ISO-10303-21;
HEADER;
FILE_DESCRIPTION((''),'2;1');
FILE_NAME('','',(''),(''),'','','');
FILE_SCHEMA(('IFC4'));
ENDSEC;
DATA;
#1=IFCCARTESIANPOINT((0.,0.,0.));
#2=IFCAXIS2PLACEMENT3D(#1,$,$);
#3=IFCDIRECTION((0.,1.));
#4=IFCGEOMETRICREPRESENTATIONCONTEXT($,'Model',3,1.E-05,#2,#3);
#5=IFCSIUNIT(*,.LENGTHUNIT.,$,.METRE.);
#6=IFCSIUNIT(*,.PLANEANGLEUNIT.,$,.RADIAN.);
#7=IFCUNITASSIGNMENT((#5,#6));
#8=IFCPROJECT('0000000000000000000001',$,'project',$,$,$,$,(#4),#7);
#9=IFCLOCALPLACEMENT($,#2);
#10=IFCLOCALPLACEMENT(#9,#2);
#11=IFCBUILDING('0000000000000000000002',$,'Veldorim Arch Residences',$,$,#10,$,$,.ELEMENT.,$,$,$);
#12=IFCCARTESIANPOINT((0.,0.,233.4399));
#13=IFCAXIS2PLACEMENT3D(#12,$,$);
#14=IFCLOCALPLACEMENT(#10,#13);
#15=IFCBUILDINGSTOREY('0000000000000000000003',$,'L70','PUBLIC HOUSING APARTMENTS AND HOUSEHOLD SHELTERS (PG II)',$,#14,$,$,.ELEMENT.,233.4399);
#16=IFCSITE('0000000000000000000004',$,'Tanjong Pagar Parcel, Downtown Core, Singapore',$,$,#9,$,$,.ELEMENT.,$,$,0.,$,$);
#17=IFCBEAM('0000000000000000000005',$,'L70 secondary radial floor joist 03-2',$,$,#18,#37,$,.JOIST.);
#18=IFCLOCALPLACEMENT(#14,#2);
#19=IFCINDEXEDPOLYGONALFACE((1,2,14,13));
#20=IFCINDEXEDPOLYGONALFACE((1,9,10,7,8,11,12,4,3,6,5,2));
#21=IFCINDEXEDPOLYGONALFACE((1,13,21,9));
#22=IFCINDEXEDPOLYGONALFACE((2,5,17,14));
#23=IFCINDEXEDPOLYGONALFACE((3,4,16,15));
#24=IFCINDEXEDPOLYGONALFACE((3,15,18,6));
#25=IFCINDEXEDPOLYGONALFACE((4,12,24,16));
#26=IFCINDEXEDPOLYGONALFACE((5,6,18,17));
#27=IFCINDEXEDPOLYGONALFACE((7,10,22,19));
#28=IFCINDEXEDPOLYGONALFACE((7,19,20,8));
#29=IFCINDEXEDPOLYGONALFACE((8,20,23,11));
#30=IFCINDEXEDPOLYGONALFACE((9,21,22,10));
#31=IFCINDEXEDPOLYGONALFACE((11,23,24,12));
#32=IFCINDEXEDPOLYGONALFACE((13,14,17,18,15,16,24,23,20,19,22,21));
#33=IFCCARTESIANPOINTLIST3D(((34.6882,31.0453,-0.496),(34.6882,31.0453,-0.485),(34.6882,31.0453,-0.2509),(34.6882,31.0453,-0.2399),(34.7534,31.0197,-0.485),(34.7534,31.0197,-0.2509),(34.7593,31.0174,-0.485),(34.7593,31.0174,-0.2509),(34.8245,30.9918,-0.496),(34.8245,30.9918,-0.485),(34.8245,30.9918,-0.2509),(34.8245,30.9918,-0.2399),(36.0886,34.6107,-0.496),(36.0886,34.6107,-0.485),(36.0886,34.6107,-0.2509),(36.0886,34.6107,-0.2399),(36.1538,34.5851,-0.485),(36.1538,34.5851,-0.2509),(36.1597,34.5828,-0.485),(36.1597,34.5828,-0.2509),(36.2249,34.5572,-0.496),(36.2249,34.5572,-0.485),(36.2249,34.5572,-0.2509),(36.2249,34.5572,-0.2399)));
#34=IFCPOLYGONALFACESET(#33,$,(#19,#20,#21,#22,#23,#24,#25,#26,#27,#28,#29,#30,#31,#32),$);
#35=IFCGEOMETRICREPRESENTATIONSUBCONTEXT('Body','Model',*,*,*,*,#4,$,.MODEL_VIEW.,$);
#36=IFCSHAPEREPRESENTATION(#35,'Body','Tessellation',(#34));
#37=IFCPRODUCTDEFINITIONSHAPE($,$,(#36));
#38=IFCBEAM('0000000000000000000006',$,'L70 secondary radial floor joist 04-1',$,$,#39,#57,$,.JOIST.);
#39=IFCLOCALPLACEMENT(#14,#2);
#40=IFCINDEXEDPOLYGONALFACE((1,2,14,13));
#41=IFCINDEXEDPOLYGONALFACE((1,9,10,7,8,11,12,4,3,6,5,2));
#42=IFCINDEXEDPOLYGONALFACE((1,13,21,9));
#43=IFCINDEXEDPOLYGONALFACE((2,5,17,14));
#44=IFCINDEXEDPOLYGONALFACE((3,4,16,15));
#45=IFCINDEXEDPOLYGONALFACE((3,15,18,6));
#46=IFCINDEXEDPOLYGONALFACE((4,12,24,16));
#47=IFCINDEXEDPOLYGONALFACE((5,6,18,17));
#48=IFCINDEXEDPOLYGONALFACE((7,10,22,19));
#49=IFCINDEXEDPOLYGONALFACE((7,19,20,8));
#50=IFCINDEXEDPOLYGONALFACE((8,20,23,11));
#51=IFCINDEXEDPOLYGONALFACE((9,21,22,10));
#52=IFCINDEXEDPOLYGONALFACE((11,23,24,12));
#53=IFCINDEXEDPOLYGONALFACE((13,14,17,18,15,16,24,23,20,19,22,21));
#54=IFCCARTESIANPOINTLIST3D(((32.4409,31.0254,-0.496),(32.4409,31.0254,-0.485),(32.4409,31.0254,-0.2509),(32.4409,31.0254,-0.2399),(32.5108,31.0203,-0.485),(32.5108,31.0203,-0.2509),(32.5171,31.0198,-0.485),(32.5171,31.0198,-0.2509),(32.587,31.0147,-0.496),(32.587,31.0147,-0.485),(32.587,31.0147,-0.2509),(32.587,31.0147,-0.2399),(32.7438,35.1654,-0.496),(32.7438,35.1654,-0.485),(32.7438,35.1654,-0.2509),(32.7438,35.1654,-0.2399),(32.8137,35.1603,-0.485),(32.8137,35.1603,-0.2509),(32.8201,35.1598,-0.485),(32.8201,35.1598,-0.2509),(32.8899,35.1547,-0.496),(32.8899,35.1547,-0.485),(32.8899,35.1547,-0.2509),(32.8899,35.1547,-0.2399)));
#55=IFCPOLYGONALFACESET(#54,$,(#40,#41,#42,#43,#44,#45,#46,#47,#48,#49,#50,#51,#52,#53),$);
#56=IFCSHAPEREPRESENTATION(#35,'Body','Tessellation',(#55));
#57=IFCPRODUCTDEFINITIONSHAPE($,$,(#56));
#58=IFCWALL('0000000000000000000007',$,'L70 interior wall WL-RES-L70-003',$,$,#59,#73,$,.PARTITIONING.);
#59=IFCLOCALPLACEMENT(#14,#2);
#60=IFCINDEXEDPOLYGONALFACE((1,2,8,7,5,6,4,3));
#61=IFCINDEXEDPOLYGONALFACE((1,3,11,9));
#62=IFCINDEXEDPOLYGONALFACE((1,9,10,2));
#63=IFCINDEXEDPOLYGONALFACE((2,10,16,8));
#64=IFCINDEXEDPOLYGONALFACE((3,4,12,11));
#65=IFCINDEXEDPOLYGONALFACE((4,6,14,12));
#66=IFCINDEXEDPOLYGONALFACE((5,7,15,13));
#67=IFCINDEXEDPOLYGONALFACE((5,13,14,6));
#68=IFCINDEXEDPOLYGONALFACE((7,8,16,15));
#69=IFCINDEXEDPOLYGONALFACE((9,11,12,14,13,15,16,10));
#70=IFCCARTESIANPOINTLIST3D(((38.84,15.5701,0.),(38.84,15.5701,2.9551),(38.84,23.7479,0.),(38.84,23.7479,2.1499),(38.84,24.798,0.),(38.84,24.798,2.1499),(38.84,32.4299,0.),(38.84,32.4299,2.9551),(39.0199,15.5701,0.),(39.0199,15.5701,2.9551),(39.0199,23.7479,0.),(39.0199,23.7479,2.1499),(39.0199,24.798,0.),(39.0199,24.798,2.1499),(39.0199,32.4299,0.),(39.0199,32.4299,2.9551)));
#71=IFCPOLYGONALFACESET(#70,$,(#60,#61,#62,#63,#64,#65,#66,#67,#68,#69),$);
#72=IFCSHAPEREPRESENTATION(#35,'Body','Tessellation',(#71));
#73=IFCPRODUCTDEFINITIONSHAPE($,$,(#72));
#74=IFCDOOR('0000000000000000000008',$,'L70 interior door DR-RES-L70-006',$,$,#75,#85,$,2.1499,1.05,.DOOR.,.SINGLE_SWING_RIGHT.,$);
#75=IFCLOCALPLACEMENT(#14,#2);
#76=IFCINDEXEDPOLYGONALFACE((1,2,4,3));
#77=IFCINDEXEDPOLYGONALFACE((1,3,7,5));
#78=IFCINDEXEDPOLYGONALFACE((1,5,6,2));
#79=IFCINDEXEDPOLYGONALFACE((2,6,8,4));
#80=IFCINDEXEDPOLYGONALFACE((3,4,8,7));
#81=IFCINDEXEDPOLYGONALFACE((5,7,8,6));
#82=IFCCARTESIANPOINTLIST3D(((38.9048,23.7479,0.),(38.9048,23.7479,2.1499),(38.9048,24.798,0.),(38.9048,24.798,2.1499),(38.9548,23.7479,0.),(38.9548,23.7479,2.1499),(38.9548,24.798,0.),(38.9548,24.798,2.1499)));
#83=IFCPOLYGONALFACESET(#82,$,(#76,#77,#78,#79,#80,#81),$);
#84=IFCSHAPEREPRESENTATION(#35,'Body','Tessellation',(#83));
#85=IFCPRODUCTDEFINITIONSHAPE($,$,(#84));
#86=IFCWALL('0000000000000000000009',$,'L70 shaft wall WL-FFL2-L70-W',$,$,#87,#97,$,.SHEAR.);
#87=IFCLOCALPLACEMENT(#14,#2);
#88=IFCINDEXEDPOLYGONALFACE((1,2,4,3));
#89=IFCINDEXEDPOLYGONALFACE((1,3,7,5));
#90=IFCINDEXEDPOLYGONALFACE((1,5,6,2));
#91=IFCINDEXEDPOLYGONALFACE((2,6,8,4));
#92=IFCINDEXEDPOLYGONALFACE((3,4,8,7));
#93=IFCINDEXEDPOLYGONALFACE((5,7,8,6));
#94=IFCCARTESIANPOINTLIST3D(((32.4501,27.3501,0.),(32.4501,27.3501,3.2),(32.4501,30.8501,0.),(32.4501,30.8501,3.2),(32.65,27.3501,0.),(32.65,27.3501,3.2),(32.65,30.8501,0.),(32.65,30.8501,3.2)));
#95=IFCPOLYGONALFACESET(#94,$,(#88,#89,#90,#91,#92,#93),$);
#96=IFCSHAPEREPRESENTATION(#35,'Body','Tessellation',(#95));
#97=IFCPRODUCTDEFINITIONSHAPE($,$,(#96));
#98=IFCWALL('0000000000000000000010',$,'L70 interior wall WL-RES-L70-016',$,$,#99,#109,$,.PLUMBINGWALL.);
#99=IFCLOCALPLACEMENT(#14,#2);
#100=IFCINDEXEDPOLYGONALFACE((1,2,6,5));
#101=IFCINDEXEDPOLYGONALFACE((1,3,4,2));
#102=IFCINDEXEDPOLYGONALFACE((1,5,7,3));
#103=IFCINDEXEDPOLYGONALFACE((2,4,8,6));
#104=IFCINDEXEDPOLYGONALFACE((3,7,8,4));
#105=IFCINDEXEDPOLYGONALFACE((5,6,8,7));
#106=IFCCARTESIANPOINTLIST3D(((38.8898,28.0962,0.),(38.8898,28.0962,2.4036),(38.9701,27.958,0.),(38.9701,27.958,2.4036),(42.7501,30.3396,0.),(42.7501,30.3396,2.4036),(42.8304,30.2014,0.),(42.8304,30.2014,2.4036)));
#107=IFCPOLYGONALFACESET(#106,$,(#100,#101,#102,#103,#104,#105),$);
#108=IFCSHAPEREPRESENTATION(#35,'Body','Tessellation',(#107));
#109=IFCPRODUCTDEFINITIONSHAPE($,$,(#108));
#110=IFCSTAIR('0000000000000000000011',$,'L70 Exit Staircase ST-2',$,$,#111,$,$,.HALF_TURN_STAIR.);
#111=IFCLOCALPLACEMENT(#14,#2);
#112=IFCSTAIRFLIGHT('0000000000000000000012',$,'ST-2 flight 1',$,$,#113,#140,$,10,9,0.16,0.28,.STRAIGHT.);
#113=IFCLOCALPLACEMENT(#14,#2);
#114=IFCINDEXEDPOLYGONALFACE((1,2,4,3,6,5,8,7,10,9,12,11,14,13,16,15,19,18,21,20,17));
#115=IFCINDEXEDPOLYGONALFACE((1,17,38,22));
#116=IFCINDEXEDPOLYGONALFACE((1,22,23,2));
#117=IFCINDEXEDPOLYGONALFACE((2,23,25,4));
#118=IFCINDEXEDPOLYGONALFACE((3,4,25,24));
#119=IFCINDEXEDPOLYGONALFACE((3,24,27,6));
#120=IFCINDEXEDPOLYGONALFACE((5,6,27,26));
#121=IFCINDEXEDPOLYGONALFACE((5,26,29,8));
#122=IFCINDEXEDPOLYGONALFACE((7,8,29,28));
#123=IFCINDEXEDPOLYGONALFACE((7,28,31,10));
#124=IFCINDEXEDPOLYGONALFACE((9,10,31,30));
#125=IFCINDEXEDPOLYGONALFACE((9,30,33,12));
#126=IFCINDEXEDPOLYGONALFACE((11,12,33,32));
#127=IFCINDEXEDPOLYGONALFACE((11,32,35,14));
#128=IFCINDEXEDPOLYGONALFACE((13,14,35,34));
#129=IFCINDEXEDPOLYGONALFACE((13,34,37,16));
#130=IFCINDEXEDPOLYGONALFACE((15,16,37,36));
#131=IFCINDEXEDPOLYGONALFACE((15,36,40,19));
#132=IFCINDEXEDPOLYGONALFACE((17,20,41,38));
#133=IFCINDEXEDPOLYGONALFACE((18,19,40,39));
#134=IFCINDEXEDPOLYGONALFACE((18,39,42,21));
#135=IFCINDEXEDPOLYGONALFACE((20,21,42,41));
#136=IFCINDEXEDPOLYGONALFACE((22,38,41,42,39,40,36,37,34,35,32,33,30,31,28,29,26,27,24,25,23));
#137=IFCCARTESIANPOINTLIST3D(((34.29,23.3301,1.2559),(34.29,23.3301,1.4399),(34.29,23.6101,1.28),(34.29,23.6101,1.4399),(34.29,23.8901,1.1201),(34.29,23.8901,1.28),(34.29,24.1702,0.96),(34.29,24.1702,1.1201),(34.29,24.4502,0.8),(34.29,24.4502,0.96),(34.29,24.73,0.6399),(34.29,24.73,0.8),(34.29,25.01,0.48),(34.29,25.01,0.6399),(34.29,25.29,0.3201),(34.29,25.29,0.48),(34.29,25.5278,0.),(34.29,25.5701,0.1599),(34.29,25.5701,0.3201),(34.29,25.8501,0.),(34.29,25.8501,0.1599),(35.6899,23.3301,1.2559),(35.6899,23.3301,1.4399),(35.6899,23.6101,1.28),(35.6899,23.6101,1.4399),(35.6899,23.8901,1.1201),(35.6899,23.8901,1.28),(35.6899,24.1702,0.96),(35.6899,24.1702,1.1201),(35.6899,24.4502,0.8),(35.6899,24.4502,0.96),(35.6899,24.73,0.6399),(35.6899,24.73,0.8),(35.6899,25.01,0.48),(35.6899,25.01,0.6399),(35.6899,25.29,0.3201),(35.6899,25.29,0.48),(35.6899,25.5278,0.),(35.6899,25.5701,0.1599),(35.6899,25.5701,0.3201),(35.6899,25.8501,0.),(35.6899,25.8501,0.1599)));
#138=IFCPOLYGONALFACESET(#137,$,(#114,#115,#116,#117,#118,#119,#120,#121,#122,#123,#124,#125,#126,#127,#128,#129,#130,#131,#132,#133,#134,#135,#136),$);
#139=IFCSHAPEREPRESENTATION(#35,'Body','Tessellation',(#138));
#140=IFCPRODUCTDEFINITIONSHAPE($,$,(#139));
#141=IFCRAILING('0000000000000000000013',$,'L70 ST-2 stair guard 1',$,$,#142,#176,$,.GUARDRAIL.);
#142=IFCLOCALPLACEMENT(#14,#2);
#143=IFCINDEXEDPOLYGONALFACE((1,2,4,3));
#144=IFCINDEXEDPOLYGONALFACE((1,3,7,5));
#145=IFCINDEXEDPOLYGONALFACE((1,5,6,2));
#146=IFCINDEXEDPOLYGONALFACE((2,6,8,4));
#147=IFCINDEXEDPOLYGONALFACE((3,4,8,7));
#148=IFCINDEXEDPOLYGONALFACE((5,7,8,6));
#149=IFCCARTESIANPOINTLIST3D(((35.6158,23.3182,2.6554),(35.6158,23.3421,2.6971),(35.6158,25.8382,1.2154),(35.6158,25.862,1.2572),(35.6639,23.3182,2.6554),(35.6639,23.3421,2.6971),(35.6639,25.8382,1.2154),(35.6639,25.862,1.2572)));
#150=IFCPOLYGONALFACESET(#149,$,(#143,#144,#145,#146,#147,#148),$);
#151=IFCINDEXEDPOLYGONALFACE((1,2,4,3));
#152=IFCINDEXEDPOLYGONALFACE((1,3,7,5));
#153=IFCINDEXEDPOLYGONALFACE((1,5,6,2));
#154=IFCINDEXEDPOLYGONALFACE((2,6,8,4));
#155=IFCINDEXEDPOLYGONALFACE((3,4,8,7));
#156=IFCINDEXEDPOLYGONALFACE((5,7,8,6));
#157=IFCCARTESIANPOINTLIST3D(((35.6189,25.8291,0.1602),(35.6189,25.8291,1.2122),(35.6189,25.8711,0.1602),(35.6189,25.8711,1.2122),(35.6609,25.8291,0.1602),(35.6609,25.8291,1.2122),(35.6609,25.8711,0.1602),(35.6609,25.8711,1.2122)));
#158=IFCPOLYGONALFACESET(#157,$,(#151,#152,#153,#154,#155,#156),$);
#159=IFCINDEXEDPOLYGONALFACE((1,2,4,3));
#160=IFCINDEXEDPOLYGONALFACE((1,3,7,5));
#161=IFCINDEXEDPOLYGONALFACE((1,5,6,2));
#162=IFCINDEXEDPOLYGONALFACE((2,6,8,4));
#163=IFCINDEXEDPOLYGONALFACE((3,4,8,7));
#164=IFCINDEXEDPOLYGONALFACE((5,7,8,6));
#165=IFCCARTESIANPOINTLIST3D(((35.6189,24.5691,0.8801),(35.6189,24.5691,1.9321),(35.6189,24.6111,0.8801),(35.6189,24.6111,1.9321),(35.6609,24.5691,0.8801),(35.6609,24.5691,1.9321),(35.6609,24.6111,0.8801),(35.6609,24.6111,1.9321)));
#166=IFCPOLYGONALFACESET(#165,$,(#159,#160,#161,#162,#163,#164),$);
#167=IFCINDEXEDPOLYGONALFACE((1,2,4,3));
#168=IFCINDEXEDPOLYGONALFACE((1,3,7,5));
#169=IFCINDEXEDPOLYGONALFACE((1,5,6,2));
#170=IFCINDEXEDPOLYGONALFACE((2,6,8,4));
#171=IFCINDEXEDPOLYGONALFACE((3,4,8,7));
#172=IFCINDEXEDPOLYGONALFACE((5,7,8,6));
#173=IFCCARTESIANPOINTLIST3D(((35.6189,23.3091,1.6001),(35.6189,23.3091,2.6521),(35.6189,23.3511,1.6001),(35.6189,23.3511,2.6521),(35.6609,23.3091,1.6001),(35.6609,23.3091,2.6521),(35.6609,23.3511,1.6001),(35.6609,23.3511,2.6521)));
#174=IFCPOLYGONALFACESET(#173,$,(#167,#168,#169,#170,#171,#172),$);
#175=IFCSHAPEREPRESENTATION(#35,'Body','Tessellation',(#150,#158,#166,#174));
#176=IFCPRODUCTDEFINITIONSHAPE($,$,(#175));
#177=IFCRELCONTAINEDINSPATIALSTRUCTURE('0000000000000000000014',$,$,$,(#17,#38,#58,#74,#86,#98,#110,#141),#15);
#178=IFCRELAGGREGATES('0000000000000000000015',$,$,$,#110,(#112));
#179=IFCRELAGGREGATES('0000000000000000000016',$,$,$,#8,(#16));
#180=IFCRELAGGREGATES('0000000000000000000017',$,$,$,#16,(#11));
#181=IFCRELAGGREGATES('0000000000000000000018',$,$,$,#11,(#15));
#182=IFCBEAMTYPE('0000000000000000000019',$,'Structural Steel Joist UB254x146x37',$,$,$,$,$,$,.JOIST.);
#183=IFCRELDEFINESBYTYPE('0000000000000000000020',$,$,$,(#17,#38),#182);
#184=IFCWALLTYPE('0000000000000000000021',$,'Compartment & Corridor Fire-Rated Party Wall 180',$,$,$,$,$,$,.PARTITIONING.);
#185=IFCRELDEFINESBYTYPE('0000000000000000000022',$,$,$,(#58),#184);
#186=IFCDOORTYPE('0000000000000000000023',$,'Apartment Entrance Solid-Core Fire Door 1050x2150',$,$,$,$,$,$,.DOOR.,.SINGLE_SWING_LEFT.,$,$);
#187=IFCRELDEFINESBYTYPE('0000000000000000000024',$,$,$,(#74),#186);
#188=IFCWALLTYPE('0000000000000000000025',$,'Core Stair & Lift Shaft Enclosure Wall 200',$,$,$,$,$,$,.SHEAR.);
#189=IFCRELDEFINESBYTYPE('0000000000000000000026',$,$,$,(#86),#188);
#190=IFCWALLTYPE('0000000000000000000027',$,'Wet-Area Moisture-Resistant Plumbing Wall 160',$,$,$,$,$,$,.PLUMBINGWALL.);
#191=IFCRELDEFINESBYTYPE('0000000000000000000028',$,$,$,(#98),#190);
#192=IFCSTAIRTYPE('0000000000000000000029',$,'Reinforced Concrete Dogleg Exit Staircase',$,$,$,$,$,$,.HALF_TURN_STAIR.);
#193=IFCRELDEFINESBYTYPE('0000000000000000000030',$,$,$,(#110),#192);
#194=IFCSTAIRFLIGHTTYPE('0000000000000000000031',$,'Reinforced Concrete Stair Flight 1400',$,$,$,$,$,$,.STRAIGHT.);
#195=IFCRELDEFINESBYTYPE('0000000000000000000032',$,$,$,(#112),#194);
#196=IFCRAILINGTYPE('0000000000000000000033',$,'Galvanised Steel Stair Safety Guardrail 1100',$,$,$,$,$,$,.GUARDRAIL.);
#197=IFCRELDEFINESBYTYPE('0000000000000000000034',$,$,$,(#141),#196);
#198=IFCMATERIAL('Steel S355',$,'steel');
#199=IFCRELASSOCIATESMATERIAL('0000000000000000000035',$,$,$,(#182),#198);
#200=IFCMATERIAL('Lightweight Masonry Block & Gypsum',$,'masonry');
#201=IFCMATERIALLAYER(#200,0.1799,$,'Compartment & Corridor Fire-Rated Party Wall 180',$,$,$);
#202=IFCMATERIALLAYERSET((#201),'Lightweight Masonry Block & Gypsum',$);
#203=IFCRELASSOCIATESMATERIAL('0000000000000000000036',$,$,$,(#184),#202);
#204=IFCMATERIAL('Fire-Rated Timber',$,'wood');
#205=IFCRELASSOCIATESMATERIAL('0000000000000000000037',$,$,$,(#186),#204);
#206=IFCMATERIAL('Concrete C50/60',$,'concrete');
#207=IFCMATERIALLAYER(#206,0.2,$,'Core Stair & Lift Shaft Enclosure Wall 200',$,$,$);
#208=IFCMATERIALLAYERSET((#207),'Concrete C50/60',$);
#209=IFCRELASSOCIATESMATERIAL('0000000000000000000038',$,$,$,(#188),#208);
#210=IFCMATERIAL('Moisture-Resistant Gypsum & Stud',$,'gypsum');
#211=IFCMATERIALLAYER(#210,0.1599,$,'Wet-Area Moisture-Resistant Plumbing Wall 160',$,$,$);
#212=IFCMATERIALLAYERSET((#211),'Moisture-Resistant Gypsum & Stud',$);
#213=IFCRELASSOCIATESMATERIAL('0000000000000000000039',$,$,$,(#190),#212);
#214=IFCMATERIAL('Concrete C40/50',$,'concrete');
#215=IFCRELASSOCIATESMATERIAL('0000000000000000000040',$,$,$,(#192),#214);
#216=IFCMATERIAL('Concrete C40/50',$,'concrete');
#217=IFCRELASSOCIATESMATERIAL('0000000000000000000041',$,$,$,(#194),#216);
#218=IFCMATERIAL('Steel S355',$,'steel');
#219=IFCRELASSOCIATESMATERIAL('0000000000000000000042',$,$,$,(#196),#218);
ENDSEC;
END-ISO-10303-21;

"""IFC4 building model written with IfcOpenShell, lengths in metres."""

from ifc_helpers import new_model, si_unit, direction, frame, frame_2d, origin, origin_2d, place, context, subcontext, project, spatial, polyline, rectangle, i_section, outline, extrude, material, layer, layer_set, material_profile, profile_set, type_object, element, fill, aggregate, save


model = new_model("IFC4")

# Units and contexts
model_context = context("Model", 3, precision=1e-05, world=origin(), true_north=direction((0.0, 1.0)))
body_context = subcontext(model_context, "Body", "Model", "MODEL_VIEW")
ifc_project = project(units=[si_unit("LENGTHUNIT", "METRE"), si_unit("PLANEANGLEUNIT", "RADIAN")], contexts=[model_context])

# Site, building, storey
site_placement = place(None, origin())
site = spatial("IfcSite", under=ifc_project, at=site_placement, Name="Tanjong Pagar Parcel, Downtown Core, Singapore", CompositionType="ELEMENT", RefElevation=0.0)
building_placement = place(site_placement, origin())
building = spatial("IfcBuilding", under=site, at=building_placement, Name="Veldorim Arch Residences", CompositionType="ELEMENT")
storey_placement = place(building_placement, frame((0.0, 0.0, 233.4399)))
storey = spatial("IfcBuildingStorey", under=building, at=storey_placement, Name="L70", Description="PUBLIC HOUSING APARTMENTS AND HOUSEHOLD SHELTERS (PG II)", CompositionType="ELEMENT", Elevation=233.4399)

# Beams
ifc_material_1 = material(Name="Steel S355", Category="steel")
ifc_material_profile_1 = material_profile(ifc_material_1, i_section(OverallWidth=0.1465, OverallDepth=0.2561, WebThickness=0.0063, FlangeThickness=0.011, at=origin_2d()), Name="UB254x146x37")
ifc_profile_set_1 = profile_set([ifc_material_profile_1], Name="Steel S355")
beam_type_1 = type_object("IfcBeamType", Name="Structural Steel Joist UB254x146x37", PredefinedType="JOIST", material=ifc_profile_set_1)
beam_1_placement = place(storey_placement, frame((34.7563, 31.0186, -0.3679), z_axis=(0.365581, 0.930779, 0.0), x_axis=(-0.930779, 0.365581, 0.0)))
element("IfcBeam", 1, at=beam_1_placement, inside=storey, type_object=beam_type_1, Name="L70 secondary radial floor joist 03-2", PredefinedType="JOIST", context=body_context, shape_type="SweptSolid", body=[
    extrude(i_section(OverallWidth=0.1465, OverallDepth=0.2561, WebThickness=0.0063, FlangeThickness=0.011, at=origin_2d()), origin(), (0.0, 0.0, 1.0), 3.8306),
])
beam_2_placement = place(storey_placement, frame((32.5139, 31.02, -0.3679), z_axis=(0.072986, 0.997333, 0.0), x_axis=(-0.997333, 0.072986, 0.0)))
element("IfcBeam", 2, at=beam_2_placement, inside=storey, type_object=beam_type_1, Name="L70 secondary radial floor joist 04-1", PredefinedType="JOIST", context=body_context, shape_type="SweptSolid", body=[
    extrude(i_section(OverallWidth=0.1465, OverallDepth=0.2561, WebThickness=0.0063, FlangeThickness=0.011, at=origin_2d()), origin(), (0.0, 0.0, 1.0), 4.1511),
])

# Wall, opening, door
ifc_material_2 = material(Name="Lightweight Masonry Block & Gypsum", Category="masonry")
ifc_layer_1 = layer(ifc_material_2, 0.1799, Name="Compartment & Corridor Fire-Rated Party Wall 180")
ifc_layer_set_1 = layer_set([ifc_layer_1], Name="Lightweight Masonry Block & Gypsum")
wall_type_1 = type_object("IfcWallType", Name="Compartment & Corridor Fire-Rated Party Wall 180", PredefinedType="PARTITIONING", material=ifc_layer_set_1)
wall_1_placement = place(storey_placement, frame((38.9299, 32.4299, 0.0), z_axis=(0.0, 0.0, 1.0), x_axis=(0.0, -1.0, 0.0)))
wall_1 = element("IfcWall", 3, at=wall_1_placement, inside=storey, type_object=wall_type_1, Name="L70 interior wall WL-RES-L70-003", PredefinedType="PARTITIONING", context=body_context, shape_type="SweptSolid", body=[
    extrude(rectangle(XDim=16.8599, YDim=0.1799, at=frame_2d((8.4299, 0.0))), origin(), (0.0, 0.0, 1.0), 2.9551),
])
opening_1_placement = place(wall_1_placement, frame((7.6321, 0.0, 0.0)))
opening_1 = element("IfcOpeningElement", 4, at=opening_1_placement, cuts=wall_1, PredefinedType="OPENING", context=body_context, shape_type="SweptSolid", body=[
    extrude(rectangle(XDim=1.05, YDim=2.1499, at=frame_2d((0.5249, 1.075))), frame((0.0, 0.0999, 0.0), z_axis=(0.0, -1.0, 0.0), x_axis=(1.0, 0.0, 0.0)), (0.0, 0.0, 1.0), 0.2),
])
ifc_material_3 = material(Name="Fire-Rated Timber", Category="wood")
door_type_1 = type_object("IfcDoorType", Name="Apartment Entrance Solid-Core Fire Door 1050x2150", OperationType="SINGLE_SWING_LEFT", PredefinedType="DOOR", material=ifc_material_3)
door_1_placement = place(opening_1_placement, origin())
door_1 = element("IfcDoor", 5, at=door_1_placement, inside=storey, type_object=door_type_1, Name="L70 interior door DR-RES-L70-006", OperationType="SINGLE_SWING_RIGHT", OverallHeight=2.1499, OverallWidth=1.05, PredefinedType="DOOR", context=body_context, shape_type="SweptSolid", body=[
    extrude(rectangle(XDim=1.05, YDim=2.1499, at=frame_2d((0.5249, 1.075))), frame((0.0, 0.0249, 0.0), z_axis=(0.0, -1.0, 0.0), x_axis=(1.0, 0.0, 0.0)), (0.0, 0.0, 1.0), 0.05),
])
fill(opening_1, door_1)
ifc_material_4 = material(Name="Concrete C50/60", Category="concrete")
ifc_layer_2 = layer(ifc_material_4, 0.2, Name="Core Stair & Lift Shaft Enclosure Wall 200")
ifc_layer_set_2 = layer_set([ifc_layer_2], Name="Concrete C50/60")
wall_type_2 = type_object("IfcWallType", Name="Core Stair & Lift Shaft Enclosure Wall 200", PredefinedType="SHEAR", material=ifc_layer_set_2)

# Walls
wall_2_placement = place(storey_placement, frame((32.55, 27.3501, 0.0), z_axis=(0.0, 0.0, 1.0), x_axis=(0.0, 1.0, 0.0)))
element("IfcWall", 6, at=wall_2_placement, inside=storey, type_object=wall_type_2, Name="L70 shaft wall WL-FFL2-L70-W", PredefinedType="SHEAR", context=body_context, shape_type="SweptSolid", body=[
    extrude(rectangle(XDim=3.5, YDim=0.2, at=frame_2d((1.75, 0.0))), origin(), (0.0, 0.0, 1.0), 3.2),
])
ifc_material_5 = material(Name="Moisture-Resistant Gypsum & Stud", Category="gypsum")
ifc_layer_3 = layer(ifc_material_5, 0.1599, Name="Wet-Area Moisture-Resistant Plumbing Wall 160")
ifc_layer_set_3 = layer_set([ifc_layer_3], Name="Moisture-Resistant Gypsum & Stud")
wall_type_3 = type_object("IfcWallType", Name="Wet-Area Moisture-Resistant Plumbing Wall 160", PredefinedType="PLUMBINGWALL", material=ifc_layer_set_3)
wall_3_placement = place(storey_placement, frame((38.9299, 28.0271, 0.0), z_axis=(0.0, 0.0, 1.0), x_axis=(0.864603, 0.502456, 0.0)))
element("IfcWall", 7, at=wall_3_placement, inside=storey, type_object=wall_type_3, Name="L70 interior wall WL-RES-L70-016", PredefinedType="PLUMBINGWALL", context=body_context, shape_type="SweptSolid", body=[
    extrude(rectangle(XDim=4.4648, YDim=0.1599, at=frame_2d((2.2324, 0.0))), origin(), (0.0, 0.0, 1.0), 2.4036),
])

# Stair, stair flight
ifc_material_6 = material(Name="Concrete C40/50", Category="concrete")
stair_type = type_object("IfcStairType", Name="Reinforced Concrete Dogleg Exit Staircase", PredefinedType="HALF_TURN_STAIR", material=ifc_material_6)
stair_placement = place(storey_placement, origin())
stair = element("IfcStair", 8, at=stair_placement, inside=storey, type_object=stair_type, Name="L70 Exit Staircase ST-2", PredefinedType="HALF_TURN_STAIR")
ifc_material_7 = material(Name="Concrete C40/50", Category="concrete")
stair_flight_type = type_object("IfcStairFlightType", Name="Reinforced Concrete Stair Flight 1400", PredefinedType="STRAIGHT", material=ifc_material_7)
stair_flight_placement = place(storey_placement, frame((34.99, 25.8501, 0.0), z_axis=(0.0, 0.0, 1.0), x_axis=(0.0, -1.0, 0.0)))
stair_flight = element("IfcStairFlight", 9, at=stair_flight_placement, type_object=stair_flight_type, Name="ST-2 flight 1", NumberOfRisers=10, NumberOfTreads=9, PredefinedType="STRAIGHT", RiserHeight=0.16, TreadLength=0.28, context=body_context, shape_type="SweptSolid", body=[
    extrude(outline(polyline([(0.0, 0.0), (0.0, 0.1599), (0.28, 0.1599), (0.28, 0.3201), (0.5601, 0.3201), (0.5601, 0.48), (0.8401, 0.48), (0.8401, 0.6399), (1.1201, 0.6399), (1.1201, 0.8), (1.3999, 0.8), (1.3999, 0.96), (1.6799, 0.96), (1.6799, 1.1201), (1.96, 1.1201), (1.96, 1.28), (2.24, 1.28), (2.24, 1.4399), (2.52, 1.4399), (2.52, 1.6001), (2.52, 1.2559), (0.3223, 0.0), (0.0, 0.0)])), frame((0.0, 0.7, 0.0), z_axis=(0.0, -1.0, 0.0), x_axis=(1.0, 0.0, 0.0)), (0.0, 0.0, 1.0), 1.3999),
])
aggregate(stair, [stair_flight])

# Railing
ifc_material_8 = material(Name="Steel S355", Category="steel")
railing_type_1 = type_object("IfcRailingType", Name="Galvanised Steel Stair Safety Guardrail 1100", PredefinedType="GUARDRAIL", material=ifc_material_8)
railing_1_placement = place(storey_placement, frame((35.6399, 25.8501, 0.1602)))
element("IfcRailing", 10, at=railing_1_placement, inside=storey, type_object=railing_type_1, Name="L70 ST-2 stair guard 1", PredefinedType="GUARDRAIL", context=body_context, shape_type="SweptSolid", body=[
    extrude(rectangle(XDim=0.0481, YDim=0.0481, at=origin_2d()), frame((0.0, 0.0, 1.0762), z_axis=(0.0, -0.868253, 0.496121), x_axis=(1.0, 0.0, 0.0)), (0.0, 0.0, 1.0), 2.9023),
    extrude(rectangle(XDim=0.042, YDim=0.042, at=origin_2d()), origin(), (0.0, 0.0, 1.0), 1.052),
    extrude(rectangle(XDim=0.042, YDim=0.042, at=origin_2d()), frame((0.0, -1.26, 0.72)), (0.0, 0.0, 1.0), 1.052),
    extrude(rectangle(XDim=0.042, YDim=0.042, at=origin_2d()), frame((0.0, -2.52, 1.4399)), (0.0, 0.0, 1.0), 1.052),
])

save(model, "model.ifc")
